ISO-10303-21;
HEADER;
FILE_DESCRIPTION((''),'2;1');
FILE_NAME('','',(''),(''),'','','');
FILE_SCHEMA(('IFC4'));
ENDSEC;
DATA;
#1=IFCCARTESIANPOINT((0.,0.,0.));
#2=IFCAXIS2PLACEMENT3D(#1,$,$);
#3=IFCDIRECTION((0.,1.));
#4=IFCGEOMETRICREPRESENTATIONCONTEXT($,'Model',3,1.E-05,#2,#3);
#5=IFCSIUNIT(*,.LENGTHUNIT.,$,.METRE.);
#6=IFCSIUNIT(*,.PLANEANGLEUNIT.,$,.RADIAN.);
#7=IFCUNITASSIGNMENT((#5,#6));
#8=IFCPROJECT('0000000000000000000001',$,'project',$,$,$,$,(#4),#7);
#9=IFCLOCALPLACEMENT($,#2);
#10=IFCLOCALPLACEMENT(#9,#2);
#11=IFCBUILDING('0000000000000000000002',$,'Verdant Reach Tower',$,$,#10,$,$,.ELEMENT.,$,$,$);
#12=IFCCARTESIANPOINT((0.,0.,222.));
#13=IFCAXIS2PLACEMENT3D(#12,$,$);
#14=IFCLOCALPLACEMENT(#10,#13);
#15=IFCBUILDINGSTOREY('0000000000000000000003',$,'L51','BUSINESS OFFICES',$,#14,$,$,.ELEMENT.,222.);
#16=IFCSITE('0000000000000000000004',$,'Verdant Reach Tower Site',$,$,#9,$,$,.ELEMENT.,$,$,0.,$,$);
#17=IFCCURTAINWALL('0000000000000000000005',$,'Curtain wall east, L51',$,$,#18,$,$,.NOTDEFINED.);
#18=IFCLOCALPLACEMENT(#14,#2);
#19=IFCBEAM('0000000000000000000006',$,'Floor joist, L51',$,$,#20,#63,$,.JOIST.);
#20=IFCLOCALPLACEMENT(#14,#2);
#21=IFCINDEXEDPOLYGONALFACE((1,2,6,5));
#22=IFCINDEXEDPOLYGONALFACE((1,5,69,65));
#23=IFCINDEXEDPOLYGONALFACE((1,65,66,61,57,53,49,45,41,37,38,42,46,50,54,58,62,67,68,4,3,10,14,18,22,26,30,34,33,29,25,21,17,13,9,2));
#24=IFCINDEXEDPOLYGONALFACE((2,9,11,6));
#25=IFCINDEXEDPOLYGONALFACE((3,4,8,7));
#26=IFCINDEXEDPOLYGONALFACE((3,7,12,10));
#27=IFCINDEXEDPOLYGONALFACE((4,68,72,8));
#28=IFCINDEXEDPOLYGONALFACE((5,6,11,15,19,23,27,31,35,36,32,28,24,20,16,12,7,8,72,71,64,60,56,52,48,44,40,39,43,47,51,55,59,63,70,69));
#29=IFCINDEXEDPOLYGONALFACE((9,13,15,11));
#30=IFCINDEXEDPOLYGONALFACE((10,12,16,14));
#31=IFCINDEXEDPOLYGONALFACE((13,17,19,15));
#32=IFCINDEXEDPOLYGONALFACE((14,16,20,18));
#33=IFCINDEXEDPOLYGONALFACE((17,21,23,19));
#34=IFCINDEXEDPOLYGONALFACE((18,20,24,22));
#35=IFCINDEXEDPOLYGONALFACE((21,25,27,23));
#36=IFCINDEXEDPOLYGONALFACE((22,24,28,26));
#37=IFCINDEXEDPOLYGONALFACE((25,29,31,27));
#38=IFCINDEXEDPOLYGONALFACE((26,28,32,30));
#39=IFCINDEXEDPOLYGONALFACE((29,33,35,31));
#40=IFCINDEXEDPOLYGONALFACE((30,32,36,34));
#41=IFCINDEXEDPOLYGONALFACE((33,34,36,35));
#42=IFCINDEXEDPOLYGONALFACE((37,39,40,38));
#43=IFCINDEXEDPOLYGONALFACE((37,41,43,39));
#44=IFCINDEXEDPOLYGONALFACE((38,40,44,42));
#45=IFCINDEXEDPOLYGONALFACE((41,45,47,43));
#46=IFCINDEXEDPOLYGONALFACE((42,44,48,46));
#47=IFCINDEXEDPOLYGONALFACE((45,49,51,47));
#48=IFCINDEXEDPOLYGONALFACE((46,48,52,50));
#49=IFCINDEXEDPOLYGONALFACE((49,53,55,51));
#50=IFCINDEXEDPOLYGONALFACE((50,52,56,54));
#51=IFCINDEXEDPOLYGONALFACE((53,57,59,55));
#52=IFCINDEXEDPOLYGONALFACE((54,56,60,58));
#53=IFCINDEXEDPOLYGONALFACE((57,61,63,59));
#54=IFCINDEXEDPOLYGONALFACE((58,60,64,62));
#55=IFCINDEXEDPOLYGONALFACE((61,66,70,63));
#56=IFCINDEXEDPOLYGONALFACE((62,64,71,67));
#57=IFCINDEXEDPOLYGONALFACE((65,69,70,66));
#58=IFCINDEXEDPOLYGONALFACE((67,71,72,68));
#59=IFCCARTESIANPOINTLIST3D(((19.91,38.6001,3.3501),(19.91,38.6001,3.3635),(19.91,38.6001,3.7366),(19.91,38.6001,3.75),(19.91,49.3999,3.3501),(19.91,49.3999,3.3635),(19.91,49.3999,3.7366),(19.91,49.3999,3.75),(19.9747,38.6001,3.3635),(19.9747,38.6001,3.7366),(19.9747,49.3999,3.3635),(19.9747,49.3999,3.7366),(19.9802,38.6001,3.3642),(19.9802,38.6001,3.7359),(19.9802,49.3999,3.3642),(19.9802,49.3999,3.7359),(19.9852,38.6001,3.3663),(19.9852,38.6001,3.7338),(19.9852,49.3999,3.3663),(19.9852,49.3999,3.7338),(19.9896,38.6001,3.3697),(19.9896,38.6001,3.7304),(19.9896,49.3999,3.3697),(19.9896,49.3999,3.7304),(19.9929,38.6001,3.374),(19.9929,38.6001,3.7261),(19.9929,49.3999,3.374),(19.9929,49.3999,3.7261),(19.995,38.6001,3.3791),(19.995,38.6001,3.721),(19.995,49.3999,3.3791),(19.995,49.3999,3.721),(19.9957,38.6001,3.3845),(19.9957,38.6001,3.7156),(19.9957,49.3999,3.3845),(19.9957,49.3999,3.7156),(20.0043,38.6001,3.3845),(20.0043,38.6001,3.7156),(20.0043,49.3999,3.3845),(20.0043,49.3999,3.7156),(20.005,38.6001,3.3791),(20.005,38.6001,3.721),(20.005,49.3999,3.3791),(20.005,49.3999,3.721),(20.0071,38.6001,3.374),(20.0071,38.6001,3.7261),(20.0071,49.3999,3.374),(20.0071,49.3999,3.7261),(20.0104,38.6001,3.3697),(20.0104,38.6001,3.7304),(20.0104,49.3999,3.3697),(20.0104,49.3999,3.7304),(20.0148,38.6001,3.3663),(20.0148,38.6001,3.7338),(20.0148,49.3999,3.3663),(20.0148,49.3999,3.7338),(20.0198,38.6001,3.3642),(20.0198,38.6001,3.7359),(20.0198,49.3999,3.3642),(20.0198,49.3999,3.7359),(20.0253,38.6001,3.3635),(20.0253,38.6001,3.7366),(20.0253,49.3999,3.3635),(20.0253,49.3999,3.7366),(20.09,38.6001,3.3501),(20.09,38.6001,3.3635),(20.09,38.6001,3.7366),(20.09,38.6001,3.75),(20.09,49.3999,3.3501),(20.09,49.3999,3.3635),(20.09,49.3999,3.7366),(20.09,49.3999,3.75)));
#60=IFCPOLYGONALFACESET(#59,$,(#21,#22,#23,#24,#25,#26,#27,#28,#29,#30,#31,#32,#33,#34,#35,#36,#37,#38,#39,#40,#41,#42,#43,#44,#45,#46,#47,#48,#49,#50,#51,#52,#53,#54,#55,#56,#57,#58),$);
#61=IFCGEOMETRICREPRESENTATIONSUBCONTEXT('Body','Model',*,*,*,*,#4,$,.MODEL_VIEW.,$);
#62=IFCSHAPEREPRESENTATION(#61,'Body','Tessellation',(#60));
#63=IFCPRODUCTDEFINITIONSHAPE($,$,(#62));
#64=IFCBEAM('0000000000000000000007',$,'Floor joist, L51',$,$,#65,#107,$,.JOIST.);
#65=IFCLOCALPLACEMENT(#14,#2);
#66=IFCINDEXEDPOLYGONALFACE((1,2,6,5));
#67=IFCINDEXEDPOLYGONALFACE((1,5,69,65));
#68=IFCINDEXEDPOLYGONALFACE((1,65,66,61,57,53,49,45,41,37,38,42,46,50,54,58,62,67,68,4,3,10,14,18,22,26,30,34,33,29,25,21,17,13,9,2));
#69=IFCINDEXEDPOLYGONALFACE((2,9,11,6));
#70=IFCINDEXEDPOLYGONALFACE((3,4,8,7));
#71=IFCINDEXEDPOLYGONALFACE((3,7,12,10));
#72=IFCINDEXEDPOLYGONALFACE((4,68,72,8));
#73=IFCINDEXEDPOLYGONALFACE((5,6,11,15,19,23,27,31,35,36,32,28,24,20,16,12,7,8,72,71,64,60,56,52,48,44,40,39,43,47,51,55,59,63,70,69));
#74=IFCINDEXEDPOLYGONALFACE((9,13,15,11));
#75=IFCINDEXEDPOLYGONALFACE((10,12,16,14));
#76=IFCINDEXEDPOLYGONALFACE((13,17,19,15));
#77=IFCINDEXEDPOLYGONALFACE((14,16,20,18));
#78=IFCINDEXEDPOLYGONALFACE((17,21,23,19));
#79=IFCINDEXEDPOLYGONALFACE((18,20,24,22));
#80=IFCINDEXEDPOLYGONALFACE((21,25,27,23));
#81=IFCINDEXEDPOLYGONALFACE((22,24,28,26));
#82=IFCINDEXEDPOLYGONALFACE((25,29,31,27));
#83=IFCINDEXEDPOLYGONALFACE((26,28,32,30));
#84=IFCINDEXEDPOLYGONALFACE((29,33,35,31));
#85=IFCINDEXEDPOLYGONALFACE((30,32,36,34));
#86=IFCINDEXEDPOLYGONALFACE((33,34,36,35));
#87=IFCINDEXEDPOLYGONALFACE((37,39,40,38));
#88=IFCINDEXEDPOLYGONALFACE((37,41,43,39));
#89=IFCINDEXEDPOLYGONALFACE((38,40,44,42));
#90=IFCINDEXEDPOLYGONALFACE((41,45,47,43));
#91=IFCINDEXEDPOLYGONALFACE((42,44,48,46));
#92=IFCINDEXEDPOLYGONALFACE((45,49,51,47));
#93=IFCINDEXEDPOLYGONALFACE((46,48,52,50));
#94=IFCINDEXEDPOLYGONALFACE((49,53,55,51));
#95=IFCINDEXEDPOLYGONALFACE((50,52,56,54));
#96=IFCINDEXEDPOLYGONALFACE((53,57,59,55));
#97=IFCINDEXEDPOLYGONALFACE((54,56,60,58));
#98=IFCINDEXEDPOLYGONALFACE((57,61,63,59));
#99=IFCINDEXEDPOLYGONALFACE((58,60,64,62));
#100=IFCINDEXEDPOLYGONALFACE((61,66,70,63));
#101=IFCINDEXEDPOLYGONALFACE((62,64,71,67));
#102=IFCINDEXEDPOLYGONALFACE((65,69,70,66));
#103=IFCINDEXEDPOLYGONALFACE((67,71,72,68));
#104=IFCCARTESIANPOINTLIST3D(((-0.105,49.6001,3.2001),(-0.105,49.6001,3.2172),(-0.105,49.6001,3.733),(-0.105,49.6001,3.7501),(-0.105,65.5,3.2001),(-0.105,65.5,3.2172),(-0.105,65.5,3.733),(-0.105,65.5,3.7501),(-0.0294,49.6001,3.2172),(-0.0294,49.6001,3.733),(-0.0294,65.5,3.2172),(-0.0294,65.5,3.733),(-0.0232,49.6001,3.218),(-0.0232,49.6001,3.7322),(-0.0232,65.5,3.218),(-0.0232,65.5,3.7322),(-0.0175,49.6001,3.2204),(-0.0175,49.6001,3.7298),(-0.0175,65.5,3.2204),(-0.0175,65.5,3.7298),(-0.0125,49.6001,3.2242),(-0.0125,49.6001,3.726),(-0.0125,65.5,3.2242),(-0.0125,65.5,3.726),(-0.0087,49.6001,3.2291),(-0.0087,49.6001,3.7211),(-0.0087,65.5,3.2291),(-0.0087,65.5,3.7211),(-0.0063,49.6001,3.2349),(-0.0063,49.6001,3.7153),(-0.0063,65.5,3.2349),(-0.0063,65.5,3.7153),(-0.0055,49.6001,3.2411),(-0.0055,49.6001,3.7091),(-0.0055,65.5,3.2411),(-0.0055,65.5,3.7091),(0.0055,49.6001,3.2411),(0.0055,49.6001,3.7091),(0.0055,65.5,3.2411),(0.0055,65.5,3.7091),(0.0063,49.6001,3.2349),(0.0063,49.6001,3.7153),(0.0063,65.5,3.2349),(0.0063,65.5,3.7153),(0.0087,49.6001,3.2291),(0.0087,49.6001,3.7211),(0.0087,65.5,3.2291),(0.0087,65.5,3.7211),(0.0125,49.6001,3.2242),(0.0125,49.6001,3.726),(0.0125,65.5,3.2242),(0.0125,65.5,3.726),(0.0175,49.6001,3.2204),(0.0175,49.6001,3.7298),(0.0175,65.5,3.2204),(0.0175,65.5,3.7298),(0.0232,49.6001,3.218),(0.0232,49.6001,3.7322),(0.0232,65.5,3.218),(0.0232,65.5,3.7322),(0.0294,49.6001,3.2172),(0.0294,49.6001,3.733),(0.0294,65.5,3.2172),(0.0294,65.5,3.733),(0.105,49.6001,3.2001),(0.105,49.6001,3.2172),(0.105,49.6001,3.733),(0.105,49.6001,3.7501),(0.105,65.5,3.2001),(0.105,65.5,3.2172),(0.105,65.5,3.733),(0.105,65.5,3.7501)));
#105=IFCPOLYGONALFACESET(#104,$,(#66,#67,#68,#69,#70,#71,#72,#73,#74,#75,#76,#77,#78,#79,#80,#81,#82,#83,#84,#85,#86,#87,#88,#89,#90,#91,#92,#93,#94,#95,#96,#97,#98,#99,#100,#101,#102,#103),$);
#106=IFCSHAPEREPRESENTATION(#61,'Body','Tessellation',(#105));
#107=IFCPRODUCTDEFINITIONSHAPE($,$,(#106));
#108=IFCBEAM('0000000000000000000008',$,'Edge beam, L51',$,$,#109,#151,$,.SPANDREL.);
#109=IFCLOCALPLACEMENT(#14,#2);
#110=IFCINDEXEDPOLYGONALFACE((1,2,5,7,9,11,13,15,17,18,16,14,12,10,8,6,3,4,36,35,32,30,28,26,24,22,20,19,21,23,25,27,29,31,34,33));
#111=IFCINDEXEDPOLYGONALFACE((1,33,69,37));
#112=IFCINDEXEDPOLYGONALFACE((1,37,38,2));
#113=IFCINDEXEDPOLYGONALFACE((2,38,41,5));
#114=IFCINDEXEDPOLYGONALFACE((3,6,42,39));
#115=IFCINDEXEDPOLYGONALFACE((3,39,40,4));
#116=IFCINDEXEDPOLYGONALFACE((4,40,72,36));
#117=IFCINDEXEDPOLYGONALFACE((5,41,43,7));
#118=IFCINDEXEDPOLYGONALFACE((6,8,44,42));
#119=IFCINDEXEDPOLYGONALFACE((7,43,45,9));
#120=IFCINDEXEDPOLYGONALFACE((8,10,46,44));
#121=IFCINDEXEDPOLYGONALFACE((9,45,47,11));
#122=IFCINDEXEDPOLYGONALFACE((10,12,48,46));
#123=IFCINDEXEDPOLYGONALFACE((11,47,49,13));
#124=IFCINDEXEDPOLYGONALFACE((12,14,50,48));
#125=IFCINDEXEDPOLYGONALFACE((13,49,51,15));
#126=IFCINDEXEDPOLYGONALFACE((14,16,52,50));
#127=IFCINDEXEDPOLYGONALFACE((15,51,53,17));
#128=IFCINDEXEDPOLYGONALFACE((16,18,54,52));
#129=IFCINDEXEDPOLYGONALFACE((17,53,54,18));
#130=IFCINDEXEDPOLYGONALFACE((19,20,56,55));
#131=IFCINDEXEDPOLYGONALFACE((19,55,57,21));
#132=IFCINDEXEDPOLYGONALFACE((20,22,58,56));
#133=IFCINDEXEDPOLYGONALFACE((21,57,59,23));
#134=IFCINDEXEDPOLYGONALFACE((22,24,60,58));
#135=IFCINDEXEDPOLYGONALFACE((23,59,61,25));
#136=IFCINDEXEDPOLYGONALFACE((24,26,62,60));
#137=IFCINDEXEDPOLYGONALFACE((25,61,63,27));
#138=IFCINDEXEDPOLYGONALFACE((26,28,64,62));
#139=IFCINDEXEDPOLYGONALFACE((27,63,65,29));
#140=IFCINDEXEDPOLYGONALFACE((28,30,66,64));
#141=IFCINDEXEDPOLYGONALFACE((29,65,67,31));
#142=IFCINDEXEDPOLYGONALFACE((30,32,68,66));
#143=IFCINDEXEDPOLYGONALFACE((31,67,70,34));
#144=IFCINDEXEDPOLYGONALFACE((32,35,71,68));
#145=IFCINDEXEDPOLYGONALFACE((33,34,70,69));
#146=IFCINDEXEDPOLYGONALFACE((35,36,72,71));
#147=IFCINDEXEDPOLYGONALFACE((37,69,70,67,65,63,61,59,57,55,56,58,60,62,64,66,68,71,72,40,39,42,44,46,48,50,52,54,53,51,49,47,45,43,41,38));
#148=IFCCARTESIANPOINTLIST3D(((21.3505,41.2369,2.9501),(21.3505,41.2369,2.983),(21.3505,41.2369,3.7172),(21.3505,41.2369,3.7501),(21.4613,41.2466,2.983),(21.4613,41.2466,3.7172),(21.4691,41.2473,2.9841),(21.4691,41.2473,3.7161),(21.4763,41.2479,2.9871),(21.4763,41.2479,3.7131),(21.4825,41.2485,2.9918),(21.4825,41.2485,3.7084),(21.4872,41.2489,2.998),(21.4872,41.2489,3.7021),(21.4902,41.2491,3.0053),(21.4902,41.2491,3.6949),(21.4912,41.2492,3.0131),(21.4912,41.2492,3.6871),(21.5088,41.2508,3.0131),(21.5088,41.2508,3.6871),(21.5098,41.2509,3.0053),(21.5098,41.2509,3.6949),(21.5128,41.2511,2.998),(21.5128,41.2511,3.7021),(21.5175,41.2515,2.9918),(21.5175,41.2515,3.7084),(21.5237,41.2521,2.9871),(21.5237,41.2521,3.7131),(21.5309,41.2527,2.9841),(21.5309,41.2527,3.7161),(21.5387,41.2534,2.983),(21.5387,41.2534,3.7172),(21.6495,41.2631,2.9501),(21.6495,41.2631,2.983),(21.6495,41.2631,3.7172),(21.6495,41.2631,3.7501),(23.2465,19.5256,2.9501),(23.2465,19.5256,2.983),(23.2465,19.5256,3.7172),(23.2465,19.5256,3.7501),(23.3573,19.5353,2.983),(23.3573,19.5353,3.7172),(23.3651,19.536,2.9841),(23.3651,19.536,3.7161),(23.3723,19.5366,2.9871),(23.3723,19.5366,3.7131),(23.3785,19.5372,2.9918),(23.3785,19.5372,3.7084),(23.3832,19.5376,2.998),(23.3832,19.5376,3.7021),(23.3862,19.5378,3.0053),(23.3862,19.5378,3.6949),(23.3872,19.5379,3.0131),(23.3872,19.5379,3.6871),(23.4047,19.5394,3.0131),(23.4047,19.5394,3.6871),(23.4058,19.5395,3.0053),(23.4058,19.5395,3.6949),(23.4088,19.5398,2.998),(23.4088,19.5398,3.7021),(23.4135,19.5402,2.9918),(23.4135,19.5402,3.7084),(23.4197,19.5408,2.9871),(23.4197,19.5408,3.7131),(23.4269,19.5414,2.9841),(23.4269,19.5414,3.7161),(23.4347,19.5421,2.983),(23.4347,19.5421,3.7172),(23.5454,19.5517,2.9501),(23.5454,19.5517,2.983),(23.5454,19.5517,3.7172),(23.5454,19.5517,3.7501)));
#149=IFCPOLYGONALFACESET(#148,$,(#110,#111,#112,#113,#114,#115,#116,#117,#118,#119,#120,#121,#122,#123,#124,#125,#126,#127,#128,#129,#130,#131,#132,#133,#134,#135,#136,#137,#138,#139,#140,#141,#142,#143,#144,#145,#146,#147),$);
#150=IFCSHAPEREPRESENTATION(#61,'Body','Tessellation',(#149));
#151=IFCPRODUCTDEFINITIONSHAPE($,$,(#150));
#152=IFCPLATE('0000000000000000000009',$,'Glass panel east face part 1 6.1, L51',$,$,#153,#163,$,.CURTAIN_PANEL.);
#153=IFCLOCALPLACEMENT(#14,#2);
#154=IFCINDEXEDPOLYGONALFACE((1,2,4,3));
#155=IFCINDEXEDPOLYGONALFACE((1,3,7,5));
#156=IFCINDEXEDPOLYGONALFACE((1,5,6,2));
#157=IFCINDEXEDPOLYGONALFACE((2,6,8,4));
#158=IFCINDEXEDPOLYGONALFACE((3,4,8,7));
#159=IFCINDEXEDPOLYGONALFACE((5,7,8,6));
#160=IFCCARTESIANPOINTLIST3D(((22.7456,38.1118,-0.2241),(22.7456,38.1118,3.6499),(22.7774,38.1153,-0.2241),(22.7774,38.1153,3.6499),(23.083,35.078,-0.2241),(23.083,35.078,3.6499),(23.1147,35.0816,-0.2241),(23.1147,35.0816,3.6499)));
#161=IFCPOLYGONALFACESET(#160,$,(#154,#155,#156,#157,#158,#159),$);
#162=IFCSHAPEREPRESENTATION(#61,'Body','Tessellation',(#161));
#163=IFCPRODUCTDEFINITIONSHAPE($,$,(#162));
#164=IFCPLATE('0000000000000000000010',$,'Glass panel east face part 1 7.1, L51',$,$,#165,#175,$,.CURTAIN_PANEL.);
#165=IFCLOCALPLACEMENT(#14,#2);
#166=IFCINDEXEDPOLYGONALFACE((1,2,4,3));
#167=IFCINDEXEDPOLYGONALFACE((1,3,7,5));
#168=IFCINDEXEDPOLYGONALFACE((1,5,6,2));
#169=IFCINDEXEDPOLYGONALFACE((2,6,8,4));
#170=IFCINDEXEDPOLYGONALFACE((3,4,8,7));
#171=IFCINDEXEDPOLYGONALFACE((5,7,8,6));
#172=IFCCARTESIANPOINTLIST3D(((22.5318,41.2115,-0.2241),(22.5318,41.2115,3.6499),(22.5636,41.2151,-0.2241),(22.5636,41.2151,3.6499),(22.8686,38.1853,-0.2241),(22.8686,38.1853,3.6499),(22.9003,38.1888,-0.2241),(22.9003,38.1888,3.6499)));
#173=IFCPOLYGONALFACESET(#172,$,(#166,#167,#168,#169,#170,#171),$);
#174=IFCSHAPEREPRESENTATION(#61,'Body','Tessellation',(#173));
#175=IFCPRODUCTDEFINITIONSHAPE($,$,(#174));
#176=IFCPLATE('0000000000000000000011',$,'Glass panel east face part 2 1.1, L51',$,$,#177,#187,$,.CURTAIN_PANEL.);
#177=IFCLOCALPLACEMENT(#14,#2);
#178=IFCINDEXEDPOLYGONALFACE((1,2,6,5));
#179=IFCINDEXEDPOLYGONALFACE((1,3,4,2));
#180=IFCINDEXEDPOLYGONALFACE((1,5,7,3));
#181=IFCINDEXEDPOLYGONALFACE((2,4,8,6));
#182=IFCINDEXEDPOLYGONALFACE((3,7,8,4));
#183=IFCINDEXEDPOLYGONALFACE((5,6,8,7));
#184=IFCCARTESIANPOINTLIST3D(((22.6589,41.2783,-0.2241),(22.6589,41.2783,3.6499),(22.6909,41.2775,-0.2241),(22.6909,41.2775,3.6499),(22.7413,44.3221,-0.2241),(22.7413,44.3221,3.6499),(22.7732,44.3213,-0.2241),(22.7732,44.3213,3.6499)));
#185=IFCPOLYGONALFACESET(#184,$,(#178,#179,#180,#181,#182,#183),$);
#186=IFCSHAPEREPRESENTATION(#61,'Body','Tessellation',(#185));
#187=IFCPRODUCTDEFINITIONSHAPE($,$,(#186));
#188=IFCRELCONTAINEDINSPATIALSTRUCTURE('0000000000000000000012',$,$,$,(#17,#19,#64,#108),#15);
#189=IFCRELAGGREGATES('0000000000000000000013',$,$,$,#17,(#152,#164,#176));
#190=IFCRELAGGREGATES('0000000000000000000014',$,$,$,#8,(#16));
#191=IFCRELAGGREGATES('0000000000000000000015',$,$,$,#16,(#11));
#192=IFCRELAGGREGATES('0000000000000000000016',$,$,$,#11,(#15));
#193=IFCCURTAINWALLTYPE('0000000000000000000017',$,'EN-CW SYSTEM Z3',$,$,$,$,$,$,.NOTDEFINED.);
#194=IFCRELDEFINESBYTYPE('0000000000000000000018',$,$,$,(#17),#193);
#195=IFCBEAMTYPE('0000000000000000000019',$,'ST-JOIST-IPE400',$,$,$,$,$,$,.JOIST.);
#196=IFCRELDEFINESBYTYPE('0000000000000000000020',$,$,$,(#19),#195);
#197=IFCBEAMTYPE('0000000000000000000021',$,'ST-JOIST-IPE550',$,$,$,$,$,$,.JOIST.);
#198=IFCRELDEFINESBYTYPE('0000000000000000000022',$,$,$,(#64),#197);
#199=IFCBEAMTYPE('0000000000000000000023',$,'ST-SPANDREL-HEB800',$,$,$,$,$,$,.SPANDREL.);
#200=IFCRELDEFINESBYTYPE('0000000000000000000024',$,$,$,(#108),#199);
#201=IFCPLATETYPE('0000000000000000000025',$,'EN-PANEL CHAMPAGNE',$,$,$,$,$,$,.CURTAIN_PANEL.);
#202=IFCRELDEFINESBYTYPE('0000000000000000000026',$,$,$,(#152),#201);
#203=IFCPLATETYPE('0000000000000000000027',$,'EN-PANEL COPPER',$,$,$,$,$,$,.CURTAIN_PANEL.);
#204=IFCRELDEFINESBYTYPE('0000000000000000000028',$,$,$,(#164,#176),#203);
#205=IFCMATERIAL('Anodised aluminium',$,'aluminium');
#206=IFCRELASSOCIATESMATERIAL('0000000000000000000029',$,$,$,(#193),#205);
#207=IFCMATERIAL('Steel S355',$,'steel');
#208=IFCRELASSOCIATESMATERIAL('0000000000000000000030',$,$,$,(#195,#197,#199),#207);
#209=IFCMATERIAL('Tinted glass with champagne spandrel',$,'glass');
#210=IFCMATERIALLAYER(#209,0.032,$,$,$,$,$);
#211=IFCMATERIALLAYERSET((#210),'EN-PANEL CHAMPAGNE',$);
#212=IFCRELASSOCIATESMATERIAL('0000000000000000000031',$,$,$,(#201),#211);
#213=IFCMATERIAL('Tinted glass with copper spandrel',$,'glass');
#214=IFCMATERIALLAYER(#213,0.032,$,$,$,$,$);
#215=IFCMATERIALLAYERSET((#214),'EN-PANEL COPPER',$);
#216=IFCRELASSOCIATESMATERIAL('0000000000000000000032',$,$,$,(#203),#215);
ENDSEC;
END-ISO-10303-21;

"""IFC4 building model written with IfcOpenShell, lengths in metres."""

from ifc_helpers import new_model, si_unit, direction, frame, origin, origin_2d, place, context, subcontext, project, spatial, rectangle, i_section, extrude, material, layer, layer_set, material_profile, profile_set, type_object, element, aggregate, save


model = new_model("IFC4")

# Units and contexts
model_context = context("Model", 3, precision=1e-05, world=origin(), true_north=direction((0.0, 1.0)))
body_context = subcontext(model_context, "Body", "Model", "MODEL_VIEW")
ifc_project = project(units=[si_unit("LENGTHUNIT", "METRE"), si_unit("PLANEANGLEUNIT", "RADIAN")], contexts=[model_context])

# Site, building, storey
site_placement = place(None, origin())
site = spatial("IfcSite", under=ifc_project, at=site_placement, Name="Verdant Reach Tower Site", CompositionType="ELEMENT", RefElevation=0.0)
building_placement = place(site_placement, origin())
building = spatial("IfcBuilding", under=site, at=building_placement, Name="Verdant Reach Tower", CompositionType="ELEMENT")
storey_placement = place(building_placement, frame((0.0, 0.0, 222.0)))
storey = spatial("IfcBuildingStorey", under=building, at=storey_placement, Name="L51", Description="BUSINESS OFFICES", CompositionType="ELEMENT", Elevation=222.0)

# Curtain wall
ifc_material_1 = material(Name="Anodised aluminium", Category="aluminium")
curtain_wall_type = type_object("IfcCurtainWallType", Name="EN-CW SYSTEM Z3", PredefinedType="NOTDEFINED", material=ifc_material_1)
curtain_wall_placement = place(storey_placement, origin())
curtain_wall = element("IfcCurtainWall", 1, at=curtain_wall_placement, inside=storey, type_object=curtain_wall_type, Name="Curtain wall east, L51", PredefinedType="NOTDEFINED")

# Beams
ifc_material_2 = material(Name="Steel S355", Category="steel")
ifc_material_profile_1 = material_profile(ifc_material_2, i_section(OverallWidth=0.1799, OverallDepth=0.3999, WebThickness=0.0085, FlangeThickness=0.0134, FilletRadius=0.021, at=origin_2d()), Name="IPE 400")
ifc_profile_set_1 = profile_set([ifc_material_profile_1], Name="Steel S355")
beam_type_1 = type_object("IfcBeamType", Name="ST-JOIST-IPE400", PredefinedType="JOIST", material=ifc_profile_set_1)
for number, where, z_axis, x_axis, name in (
    (2, (20.0, 38.6001, 3.55), (0.0, 1.0, 0.0), (-1.0, 0.0, 0.0), "Floor joist, L51"),
):
    element("IfcBeam", number, at=place(storey_placement, frame(where, z_axis=z_axis, x_axis=x_axis)), inside=storey, type_object=beam_type_1, Name=name, PredefinedType="JOIST", context=body_context, shape_type="SweptSolid", body=[
        extrude(i_section(OverallWidth=0.1799, OverallDepth=0.3999, WebThickness=0.0085, FlangeThickness=0.0134, FilletRadius=0.021, at=origin_2d()), origin(), (0.0, 0.0, 1.0), 10.7998),
    ])
ifc_material_profile_2 = material_profile(ifc_material_2, i_section(OverallWidth=0.21, OverallDepth=0.55, WebThickness=0.011, FlangeThickness=0.0171, FilletRadius=0.0239, at=origin_2d()), Name="IPE 550")
ifc_profile_set_2 = profile_set([ifc_material_profile_2], Name="Steel S355")
beam_type_2 = type_object("IfcBeamType", Name="ST-JOIST-IPE550", PredefinedType="JOIST", material=ifc_profile_set_2)
beam_1_placement = place(storey_placement, frame((0.0, 49.6001, 3.4751), z_axis=(0.0, 1.0, 0.0), x_axis=(-1.0, 0.0, 0.0)))
element("IfcBeam", 3, at=beam_1_placement, inside=storey, type_object=beam_type_2, Name="Floor joist, L51", PredefinedType="JOIST", context=body_context, shape_type="SweptSolid", body=[
    extrude(i_section(OverallWidth=0.21, OverallDepth=0.55, WebThickness=0.011, FlangeThickness=0.0171, FilletRadius=0.0239, at=origin_2d()), origin(), (0.0, 0.0, 1.0), 15.8999),
])
ifc_material_profile_3 = material_profile(ifc_material_2, i_section(OverallWidth=0.3, OverallDepth=0.8, WebThickness=0.0176, FlangeThickness=0.033, FilletRadius=0.03, at=origin_2d()), Name="HEB 800")
ifc_profile_set_3 = profile_set([ifc_material_profile_3], Name="Steel S355")
beam_type_3 = type_object("IfcBeamType", Name="ST-SPANDREL-HEB800", PredefinedType="SPANDREL", material=ifc_profile_set_3)
beam_2_placement = place(storey_placement, frame((21.5, 41.25, 3.3501), z_axis=(0.086996, -0.996209, 0.0), x_axis=(0.996209, 0.086996, 0.0)))
element("IfcBeam", 4, at=beam_2_placement, inside=storey, type_object=beam_type_3, Name="Edge beam, L51", PredefinedType="SPANDREL", context=body_context, shape_type="SweptSolid", body=[
    extrude(i_section(OverallWidth=0.3, OverallDepth=0.8, WebThickness=0.0176, FlangeThickness=0.033, FilletRadius=0.03, at=origin_2d()), origin(), (0.0, 0.0, 1.0), 21.7939),
])

# Plates
ifc_material_3 = material(Name="Tinted glass with champagne spandrel", Category="glass")
ifc_layer_1 = layer(ifc_material_3, 0.032)
ifc_layer_set_1 = layer_set([ifc_layer_1], Name="EN-PANEL CHAMPAGNE")
plate_type_1 = type_object("IfcPlateType", Name="EN-PANEL CHAMPAGNE", PredefinedType="CURTAIN_PANEL", material=ifc_layer_set_1)
plate_1_placement = place(storey_placement, frame((22.9302, 36.5967, -0.2241), z_axis=(0.0, 0.0, 1.0), x_axis=(-0.110518, 0.993874, 0.0)))
plate_1 = element("IfcPlate", 5, at=plate_1_placement, type_object=plate_type_1, Name="Glass panel east face part 1 6.1, L51", PredefinedType="CURTAIN_PANEL", context=body_context, shape_type="SweptSolid", body=[
    extrude(rectangle(XDim=3.0525, YDim=0.032, at=origin_2d()), origin(), (0.0, 0.0, 1.0), 3.874),
])
ifc_material_4 = material(Name="Tinted glass with copper spandrel", Category="glass")
ifc_layer_2 = layer(ifc_material_4, 0.032)
ifc_layer_set_2 = layer_set([ifc_layer_2], Name="EN-PANEL COPPER")
plate_type_2 = type_object("IfcPlateType", Name="EN-PANEL COPPER", PredefinedType="CURTAIN_PANEL", material=ifc_layer_set_2)
plate_2_placement = place(storey_placement, frame((22.7161, 39.7002, -0.2241), z_axis=(0.0, 0.0, 1.0), x_axis=(-0.110601, 0.993865, 0.0)))
plate_2 = element("IfcPlate", 6, at=plate_2_placement, type_object=plate_type_2, Name="Glass panel east face part 1 7.1, L51", PredefinedType="CURTAIN_PANEL", context=body_context, shape_type="SweptSolid", body=[
    extrude(rectangle(XDim=3.0449, YDim=0.032, at=origin_2d()), origin(), (0.0, 0.0, 1.0), 3.874),
])
plate_3_placement = place(storey_placement, frame((22.7161, 42.7998, -0.2241), z_axis=(0.0, 0.0, 1.0), x_axis=(0.027048, 0.999634, 0.0)))
plate_3 = element("IfcPlate", 7, at=plate_3_placement, type_object=plate_type_2, Name="Glass panel east face part 2 1.1, L51", PredefinedType="CURTAIN_PANEL", context=body_context, shape_type="SweptSolid", body=[
    extrude(rectangle(XDim=3.0449, YDim=0.032, at=origin_2d()), origin(), (0.0, 0.0, 1.0), 3.874),
])
aggregate(curtain_wall, [plate_1, plate_2, plate_3])

save(model, "model.ifc")
